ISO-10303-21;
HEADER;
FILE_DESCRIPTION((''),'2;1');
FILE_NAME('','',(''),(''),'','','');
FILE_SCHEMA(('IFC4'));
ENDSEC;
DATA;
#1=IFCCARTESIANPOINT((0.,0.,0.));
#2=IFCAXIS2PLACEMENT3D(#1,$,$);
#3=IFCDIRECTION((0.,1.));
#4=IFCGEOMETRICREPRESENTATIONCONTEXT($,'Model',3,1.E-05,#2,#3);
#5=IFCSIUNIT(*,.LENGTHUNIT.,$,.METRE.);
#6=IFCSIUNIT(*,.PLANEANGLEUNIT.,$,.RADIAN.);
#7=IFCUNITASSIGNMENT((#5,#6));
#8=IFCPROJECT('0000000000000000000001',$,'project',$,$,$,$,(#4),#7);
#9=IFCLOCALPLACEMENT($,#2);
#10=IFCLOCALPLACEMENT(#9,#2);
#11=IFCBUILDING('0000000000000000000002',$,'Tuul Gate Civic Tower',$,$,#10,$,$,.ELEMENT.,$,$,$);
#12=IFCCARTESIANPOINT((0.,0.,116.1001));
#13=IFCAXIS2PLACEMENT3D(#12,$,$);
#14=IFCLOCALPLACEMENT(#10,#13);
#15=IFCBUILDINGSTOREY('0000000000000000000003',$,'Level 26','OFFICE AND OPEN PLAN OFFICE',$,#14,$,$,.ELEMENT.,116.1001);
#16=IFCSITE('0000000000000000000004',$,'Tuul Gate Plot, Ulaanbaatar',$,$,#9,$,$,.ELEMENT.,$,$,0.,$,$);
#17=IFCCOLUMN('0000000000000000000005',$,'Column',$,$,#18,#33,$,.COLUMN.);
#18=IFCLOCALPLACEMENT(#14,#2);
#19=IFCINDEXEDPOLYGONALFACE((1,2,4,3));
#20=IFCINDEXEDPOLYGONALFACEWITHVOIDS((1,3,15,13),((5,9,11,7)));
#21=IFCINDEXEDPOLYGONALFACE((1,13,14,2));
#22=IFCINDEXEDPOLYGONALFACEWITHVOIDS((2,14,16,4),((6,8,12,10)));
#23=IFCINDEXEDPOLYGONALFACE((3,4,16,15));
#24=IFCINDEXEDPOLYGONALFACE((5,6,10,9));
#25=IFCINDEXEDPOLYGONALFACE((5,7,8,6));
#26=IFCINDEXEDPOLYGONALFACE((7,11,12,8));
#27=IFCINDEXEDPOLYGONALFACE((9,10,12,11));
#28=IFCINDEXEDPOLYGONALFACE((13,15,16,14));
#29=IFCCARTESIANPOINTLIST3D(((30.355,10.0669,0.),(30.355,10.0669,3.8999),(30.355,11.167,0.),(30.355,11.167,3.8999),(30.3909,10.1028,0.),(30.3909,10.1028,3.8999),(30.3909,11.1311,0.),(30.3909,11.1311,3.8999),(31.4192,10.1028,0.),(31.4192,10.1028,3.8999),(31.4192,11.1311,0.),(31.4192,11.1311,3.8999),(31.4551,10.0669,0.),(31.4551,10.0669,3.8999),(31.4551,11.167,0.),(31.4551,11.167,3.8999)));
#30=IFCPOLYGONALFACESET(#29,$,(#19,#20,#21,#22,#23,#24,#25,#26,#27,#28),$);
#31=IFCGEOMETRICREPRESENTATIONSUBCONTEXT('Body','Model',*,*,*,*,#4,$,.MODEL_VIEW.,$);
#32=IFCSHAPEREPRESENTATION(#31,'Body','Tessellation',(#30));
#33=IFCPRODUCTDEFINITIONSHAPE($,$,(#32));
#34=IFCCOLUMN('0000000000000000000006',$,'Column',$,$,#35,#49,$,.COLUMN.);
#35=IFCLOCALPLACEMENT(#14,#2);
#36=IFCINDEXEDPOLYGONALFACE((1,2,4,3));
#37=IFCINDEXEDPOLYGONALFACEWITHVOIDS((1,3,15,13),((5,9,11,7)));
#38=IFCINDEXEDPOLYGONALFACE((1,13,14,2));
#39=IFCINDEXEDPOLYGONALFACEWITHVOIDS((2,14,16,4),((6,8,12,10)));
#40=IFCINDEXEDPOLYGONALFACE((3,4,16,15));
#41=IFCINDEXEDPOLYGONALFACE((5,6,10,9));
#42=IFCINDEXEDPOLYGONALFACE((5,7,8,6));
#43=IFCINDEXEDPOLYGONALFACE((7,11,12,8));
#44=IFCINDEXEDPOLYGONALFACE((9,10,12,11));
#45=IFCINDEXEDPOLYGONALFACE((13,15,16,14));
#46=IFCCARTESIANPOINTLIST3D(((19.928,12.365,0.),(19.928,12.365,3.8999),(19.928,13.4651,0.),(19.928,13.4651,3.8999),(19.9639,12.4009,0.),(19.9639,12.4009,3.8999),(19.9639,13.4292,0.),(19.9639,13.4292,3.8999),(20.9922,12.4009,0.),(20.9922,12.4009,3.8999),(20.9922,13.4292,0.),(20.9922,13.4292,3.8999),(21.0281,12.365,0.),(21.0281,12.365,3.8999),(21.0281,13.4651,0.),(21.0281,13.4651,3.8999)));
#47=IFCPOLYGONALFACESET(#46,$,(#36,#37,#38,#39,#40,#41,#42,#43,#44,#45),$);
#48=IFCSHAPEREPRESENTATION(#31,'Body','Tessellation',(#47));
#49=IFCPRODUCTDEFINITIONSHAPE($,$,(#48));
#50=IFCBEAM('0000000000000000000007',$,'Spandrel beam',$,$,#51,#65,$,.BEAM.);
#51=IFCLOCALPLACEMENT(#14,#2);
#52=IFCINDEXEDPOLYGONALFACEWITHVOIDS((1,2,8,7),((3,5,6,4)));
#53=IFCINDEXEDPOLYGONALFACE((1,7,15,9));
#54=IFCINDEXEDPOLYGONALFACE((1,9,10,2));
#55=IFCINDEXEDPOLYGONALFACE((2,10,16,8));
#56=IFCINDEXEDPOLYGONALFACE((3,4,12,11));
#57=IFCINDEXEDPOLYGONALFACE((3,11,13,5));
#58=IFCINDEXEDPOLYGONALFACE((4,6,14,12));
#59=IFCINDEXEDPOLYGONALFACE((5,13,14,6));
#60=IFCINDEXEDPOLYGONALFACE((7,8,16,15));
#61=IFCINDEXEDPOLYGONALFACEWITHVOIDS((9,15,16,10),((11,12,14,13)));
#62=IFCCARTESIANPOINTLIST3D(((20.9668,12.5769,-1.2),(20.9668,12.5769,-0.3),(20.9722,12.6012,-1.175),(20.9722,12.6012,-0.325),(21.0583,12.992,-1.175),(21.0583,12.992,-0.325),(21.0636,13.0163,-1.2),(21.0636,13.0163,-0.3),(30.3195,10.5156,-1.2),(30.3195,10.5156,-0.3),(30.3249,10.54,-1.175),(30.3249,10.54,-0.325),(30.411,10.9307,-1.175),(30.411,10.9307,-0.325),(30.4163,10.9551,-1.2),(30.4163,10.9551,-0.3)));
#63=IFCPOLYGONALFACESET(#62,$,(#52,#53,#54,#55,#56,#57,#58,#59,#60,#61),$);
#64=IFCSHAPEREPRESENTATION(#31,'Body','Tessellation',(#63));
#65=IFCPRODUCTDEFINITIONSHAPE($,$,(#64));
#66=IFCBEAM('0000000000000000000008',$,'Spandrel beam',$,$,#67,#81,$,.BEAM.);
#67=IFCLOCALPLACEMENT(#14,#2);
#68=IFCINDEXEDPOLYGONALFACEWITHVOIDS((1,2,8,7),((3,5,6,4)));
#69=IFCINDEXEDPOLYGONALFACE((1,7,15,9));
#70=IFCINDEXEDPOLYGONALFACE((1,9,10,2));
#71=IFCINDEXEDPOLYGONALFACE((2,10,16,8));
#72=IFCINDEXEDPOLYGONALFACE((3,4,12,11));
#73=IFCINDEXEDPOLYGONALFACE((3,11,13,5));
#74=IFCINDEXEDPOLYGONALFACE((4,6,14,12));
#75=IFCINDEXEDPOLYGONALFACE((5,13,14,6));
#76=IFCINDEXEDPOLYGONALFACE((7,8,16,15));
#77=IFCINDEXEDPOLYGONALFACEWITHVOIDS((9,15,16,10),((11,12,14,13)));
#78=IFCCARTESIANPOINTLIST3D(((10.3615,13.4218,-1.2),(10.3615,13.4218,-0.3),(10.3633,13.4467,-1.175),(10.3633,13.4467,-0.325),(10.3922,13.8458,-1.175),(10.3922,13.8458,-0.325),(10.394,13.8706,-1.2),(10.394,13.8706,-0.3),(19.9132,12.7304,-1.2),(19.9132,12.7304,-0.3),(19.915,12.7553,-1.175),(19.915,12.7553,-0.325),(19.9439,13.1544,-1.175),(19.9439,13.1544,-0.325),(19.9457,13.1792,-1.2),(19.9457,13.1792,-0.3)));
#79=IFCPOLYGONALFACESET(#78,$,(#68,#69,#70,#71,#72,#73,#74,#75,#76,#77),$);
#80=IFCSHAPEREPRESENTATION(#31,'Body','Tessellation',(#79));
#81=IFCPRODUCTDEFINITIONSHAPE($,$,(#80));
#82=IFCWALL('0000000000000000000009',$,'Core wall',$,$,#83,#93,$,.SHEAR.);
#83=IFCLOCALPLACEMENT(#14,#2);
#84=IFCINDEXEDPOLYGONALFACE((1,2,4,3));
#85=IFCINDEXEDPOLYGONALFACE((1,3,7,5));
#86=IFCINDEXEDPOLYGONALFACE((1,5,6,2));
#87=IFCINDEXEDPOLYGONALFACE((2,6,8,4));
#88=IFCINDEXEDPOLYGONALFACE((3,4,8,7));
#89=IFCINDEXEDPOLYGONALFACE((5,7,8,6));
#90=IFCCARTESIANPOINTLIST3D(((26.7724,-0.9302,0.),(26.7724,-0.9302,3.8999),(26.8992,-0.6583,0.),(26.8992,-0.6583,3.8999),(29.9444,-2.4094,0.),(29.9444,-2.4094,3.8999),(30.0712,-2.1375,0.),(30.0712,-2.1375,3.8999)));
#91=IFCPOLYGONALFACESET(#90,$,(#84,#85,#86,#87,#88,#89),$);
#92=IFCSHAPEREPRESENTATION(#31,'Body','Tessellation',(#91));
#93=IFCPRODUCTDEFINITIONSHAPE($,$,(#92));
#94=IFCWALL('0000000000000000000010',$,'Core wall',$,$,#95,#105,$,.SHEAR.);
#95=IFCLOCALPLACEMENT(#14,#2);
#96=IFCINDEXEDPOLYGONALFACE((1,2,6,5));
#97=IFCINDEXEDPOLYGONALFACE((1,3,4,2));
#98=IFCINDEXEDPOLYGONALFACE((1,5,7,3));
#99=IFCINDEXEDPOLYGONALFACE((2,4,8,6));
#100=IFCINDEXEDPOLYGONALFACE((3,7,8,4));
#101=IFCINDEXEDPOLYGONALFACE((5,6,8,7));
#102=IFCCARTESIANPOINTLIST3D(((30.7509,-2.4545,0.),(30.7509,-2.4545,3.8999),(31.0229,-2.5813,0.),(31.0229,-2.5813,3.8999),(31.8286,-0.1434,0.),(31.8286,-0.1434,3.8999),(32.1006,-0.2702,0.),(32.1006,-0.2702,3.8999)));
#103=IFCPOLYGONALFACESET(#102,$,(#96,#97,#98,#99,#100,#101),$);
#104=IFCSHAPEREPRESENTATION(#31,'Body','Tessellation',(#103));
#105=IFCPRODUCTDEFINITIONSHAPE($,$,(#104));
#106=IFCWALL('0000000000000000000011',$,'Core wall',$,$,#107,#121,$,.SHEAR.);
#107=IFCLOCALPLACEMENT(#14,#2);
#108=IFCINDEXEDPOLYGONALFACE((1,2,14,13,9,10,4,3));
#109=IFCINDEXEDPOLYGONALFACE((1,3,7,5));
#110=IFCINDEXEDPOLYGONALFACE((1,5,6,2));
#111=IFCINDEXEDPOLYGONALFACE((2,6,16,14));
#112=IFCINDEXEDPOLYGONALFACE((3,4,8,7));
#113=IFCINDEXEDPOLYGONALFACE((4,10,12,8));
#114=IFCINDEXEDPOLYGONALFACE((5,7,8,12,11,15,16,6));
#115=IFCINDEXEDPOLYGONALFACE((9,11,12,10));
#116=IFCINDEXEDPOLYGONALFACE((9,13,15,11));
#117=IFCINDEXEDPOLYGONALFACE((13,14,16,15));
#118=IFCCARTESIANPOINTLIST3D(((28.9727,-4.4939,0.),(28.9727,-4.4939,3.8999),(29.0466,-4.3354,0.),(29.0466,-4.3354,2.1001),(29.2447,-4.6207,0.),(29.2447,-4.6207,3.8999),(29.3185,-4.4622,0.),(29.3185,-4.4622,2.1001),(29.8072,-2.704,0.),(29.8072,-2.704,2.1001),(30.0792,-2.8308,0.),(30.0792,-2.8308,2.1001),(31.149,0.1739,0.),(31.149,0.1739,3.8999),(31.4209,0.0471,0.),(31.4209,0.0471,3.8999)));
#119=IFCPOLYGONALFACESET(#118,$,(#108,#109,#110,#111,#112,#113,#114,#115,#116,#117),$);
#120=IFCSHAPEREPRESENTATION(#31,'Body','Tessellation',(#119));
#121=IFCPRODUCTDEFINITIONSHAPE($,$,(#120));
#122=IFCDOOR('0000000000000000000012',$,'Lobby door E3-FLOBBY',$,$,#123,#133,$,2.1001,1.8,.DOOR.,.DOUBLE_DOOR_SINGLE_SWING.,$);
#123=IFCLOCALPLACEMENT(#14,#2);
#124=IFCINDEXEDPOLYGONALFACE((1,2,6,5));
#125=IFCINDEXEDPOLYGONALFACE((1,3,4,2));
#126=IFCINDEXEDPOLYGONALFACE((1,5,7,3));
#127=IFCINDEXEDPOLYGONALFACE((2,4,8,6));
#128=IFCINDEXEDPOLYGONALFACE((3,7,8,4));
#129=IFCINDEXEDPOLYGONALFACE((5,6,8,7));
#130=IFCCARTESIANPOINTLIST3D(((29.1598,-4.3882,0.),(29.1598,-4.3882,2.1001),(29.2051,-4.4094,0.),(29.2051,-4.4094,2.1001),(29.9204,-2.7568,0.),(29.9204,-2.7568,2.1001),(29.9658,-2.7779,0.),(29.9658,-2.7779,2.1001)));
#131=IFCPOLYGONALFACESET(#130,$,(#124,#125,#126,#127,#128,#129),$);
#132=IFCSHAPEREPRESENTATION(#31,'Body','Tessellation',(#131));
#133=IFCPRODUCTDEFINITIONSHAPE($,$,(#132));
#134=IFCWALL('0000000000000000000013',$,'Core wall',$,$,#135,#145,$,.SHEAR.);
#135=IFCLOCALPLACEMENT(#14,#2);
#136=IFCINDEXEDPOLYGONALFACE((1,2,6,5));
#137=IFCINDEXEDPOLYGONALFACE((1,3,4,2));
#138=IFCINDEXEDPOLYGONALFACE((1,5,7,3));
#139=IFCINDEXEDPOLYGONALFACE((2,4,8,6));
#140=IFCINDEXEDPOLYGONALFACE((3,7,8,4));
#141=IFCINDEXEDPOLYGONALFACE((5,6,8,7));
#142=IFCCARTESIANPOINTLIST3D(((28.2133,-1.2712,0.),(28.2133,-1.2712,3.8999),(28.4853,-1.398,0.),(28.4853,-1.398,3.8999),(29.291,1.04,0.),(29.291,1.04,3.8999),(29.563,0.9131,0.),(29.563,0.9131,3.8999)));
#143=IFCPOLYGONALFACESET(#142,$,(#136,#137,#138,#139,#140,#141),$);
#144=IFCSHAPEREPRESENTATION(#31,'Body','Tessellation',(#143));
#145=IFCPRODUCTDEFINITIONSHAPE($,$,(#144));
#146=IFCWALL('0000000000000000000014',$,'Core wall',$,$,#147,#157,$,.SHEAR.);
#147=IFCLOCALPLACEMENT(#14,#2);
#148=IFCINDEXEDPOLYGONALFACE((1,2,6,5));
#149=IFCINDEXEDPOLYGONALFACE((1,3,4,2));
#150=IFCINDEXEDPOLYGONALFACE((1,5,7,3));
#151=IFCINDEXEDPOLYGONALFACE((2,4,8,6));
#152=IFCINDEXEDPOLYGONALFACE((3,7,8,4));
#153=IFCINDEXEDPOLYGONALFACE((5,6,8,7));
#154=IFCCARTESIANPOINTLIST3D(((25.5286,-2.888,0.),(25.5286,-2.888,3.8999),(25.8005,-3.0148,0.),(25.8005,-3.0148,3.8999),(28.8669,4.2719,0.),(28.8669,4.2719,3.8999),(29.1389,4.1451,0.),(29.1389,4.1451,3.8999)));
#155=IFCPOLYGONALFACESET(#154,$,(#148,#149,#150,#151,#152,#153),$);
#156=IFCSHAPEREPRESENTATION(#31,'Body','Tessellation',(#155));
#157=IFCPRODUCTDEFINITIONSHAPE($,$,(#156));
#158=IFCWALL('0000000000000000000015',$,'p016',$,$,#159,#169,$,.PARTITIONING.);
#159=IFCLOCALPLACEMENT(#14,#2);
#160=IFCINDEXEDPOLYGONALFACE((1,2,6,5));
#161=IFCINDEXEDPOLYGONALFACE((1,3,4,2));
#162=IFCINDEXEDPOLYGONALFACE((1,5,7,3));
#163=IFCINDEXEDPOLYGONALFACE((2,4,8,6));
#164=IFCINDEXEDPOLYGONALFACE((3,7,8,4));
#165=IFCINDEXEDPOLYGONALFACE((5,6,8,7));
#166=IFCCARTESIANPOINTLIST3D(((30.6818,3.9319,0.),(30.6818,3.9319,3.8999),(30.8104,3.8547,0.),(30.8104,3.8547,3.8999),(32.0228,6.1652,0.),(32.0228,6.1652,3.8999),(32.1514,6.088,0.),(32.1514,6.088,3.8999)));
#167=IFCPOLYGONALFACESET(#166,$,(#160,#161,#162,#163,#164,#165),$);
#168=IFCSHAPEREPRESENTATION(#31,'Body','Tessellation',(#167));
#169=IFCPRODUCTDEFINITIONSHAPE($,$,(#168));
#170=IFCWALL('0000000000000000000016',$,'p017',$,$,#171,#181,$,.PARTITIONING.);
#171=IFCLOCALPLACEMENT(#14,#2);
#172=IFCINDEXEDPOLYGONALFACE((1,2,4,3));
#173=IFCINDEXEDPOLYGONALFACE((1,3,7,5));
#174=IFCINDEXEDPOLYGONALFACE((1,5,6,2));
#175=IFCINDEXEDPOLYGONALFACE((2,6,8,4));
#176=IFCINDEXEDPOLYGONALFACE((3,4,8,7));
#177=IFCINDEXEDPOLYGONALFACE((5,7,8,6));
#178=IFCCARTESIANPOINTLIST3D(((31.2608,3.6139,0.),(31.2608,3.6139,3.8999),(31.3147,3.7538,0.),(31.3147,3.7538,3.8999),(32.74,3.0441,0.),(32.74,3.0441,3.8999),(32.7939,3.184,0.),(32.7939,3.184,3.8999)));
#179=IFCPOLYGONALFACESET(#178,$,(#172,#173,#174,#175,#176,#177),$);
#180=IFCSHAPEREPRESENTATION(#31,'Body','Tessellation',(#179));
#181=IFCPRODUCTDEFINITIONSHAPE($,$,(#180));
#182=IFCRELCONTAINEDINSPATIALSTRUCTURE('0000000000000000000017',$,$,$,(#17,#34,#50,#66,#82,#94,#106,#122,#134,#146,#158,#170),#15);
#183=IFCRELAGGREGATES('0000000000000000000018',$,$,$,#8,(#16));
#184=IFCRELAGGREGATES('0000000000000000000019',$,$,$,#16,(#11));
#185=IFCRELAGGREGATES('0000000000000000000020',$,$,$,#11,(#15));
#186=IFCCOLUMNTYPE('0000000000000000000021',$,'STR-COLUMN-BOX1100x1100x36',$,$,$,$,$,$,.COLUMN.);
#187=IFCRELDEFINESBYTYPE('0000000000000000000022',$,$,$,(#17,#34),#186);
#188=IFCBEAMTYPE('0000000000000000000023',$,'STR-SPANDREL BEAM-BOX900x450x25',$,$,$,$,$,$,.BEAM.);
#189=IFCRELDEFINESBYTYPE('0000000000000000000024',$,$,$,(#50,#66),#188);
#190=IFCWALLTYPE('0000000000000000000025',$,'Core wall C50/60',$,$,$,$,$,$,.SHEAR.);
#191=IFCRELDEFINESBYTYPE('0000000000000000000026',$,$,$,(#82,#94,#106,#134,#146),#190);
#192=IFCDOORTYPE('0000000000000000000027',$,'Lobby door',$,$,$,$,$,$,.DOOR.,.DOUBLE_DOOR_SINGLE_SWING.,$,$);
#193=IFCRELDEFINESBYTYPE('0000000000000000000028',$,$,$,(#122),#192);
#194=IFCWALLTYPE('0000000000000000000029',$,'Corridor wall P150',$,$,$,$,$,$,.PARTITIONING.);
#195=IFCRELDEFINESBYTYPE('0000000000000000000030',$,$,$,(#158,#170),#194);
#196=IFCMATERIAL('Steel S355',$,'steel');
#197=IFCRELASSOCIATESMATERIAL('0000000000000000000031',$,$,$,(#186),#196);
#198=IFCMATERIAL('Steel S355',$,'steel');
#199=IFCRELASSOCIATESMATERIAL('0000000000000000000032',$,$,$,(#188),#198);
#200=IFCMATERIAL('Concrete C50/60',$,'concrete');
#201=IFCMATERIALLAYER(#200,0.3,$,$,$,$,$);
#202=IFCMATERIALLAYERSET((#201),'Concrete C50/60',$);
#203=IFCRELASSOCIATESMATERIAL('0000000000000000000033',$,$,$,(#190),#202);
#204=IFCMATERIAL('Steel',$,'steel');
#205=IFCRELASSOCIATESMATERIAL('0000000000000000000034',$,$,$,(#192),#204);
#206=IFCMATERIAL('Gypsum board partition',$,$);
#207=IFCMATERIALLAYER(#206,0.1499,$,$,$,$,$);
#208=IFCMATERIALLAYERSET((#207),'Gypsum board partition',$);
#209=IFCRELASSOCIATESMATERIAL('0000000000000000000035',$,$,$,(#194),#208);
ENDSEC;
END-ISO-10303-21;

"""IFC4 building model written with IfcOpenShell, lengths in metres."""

from ifc_helpers import new_model, si_unit, direction, frame, frame_2d, origin, origin_2d, place, context, subcontext, project, spatial, rectangle, hollow_rectangle, extrude, material, layer, layer_set, material_profile, profile_set, type_object, element, fill, save


model = new_model("IFC4")

# Units and contexts
model_context = context("Model", 3, precision=1e-05, world=origin(), true_north=direction((0.0, 1.0)))
body_context = subcontext(model_context, "Body", "Model", "MODEL_VIEW")
ifc_project = project(units=[si_unit("LENGTHUNIT", "METRE"), si_unit("PLANEANGLEUNIT", "RADIAN")], contexts=[model_context])

# Site, building, storey
site_placement = place(None, origin())
site = spatial("IfcSite", under=ifc_project, at=site_placement, Name="Tuul Gate Plot, Ulaanbaatar", CompositionType="ELEMENT", RefElevation=0.0)
building_placement = place(site_placement, origin())
building = spatial("IfcBuilding", under=site, at=building_placement, Name="Tuul Gate Civic Tower", CompositionType="ELEMENT")
storey_placement = place(building_placement, frame((0.0, 0.0, 116.1001)))
storey = spatial("IfcBuildingStorey", under=building, at=storey_placement, Name="Level 26", Description="OFFICE AND OPEN PLAN OFFICE", CompositionType="ELEMENT", Elevation=116.1001)

# Columns
ifc_material_1 = material(Name="Steel S355", Category="steel")
ifc_material_profile_1 = material_profile(ifc_material_1, hollow_rectangle(XDim=1.1001, YDim=1.1001, WallThickness=0.0359, at=origin_2d()), Name="BOX1100x1100x36")
ifc_profile_set_1 = profile_set([ifc_material_profile_1], Name="Steel S355")
column_type = type_object("IfcColumnType", Name="STR-COLUMN-BOX1100x1100x36", PredefinedType="COLUMN", material=ifc_profile_set_1)
for number, where, z_axis, x_axis, name in (
    (1, (30.905, 10.6169, 0.0), (0.0, 0.0, 1.0), (1.0, 0.0, 0.0), "Column"),
    (2, (20.478, 12.915, 0.0), (0.0, 0.0, 1.0), (1.0, 0.0, 0.0), "Column"),
):
    element("IfcColumn", number, at=place(storey_placement, frame(where, z_axis=z_axis, x_axis=x_axis)), inside=storey, type_object=column_type, Name=name, PredefinedType="COLUMN", context=body_context, shape_type="SweptSolid", body=[
        extrude(hollow_rectangle(XDim=1.1001, YDim=1.1001, WallThickness=0.0359, at=origin_2d()), origin(), (0.0, 0.0, 1.0), 3.8999),
    ])

# Beams
ifc_material_2 = material(Name="Steel S355", Category="steel")
ifc_material_profile_2 = material_profile(ifc_material_2, hollow_rectangle(XDim=0.45, YDim=0.8999, WallThickness=0.0249, at=origin_2d()), Name="BOX900x450x25")
ifc_profile_set_2 = profile_set([ifc_material_profile_2], Name="Steel S355")
beam_type = type_object("IfcBeamType", Name="STR-SPANDREL BEAM-BOX900x450x25", PredefinedType="BEAM", material=ifc_profile_set_2)
beam_1_placement = place(storey_placement, frame((30.3679, 10.7354, -0.75), z_axis=(-0.976564, 0.215227, 0.0), x_axis=(-0.215227, -0.976564, 0.0)))
element("IfcBeam", 3, at=beam_1_placement, inside=storey, type_object=beam_type, Name="Spandrel beam", PredefinedType="BEAM", context=body_context, shape_type="SweptSolid", body=[
    extrude(hollow_rectangle(XDim=0.45, YDim=0.8999, WallThickness=0.0249, at=origin_2d()), origin(), (0.0, 0.0, 1.0), 9.5771),
])
beam_2_placement = place(storey_placement, frame((19.9294, 12.9548, -0.75), z_axis=(-0.99739, 0.072196, 0.0), x_axis=(-0.072196, -0.99739, 0.0)))
element("IfcBeam", 4, at=beam_2_placement, inside=storey, type_object=beam_type, Name="Spandrel beam", PredefinedType="BEAM", context=body_context, shape_type="SweptSolid", body=[
    extrude(hollow_rectangle(XDim=0.45, YDim=0.8999, WallThickness=0.0249, at=origin_2d()), origin(), (0.0, 0.0, 1.0), 9.5767),
])

# Walls
ifc_material_3 = material(Name="Concrete C50/60", Category="concrete")
ifc_layer_1 = layer(ifc_material_3, 0.3)
ifc_layer_set_1 = layer_set([ifc_layer_1], Name="Concrete C50/60")
wall_type_1 = type_object("IfcWallType", Name="Core wall C50/60", PredefinedType="SHEAR", material=ifc_layer_set_1)
wall_1_placement = place(storey_placement, frame((30.0078, -2.2734, 0.0), z_axis=(0.0, 0.0, 1.0), x_axis=(-0.906301, 0.422633, 0.0)))
element("IfcWall", 5, at=wall_1_placement, inside=storey, type_object=wall_type_1, Name="Core wall", PredefinedType="SHEAR", context=body_context, shape_type="SweptSolid", body=[
    extrude(rectangle(XDim=3.5, YDim=0.3, at=frame_2d((1.75, 0.0))), origin(), (0.0, 0.0, 1.0), 3.8999),
])
wall_2_placement = place(storey_placement, frame((30.887, -2.5178, 0.0), z_axis=(0.0, 0.0, 1.0), x_axis=(0.422613, 0.90631, 0.0)))
element("IfcWall", 6, at=wall_2_placement, inside=storey, type_object=wall_type_1, Name="Core wall", PredefinedType="SHEAR", context=body_context, shape_type="SweptSolid", body=[
    extrude(rectangle(XDim=2.55, YDim=0.3, at=frame_2d((1.2749, 0.0))), origin(), (0.0, 0.0, 1.0), 3.8999),
])

# Wall, opening, door
wall_3_placement = place(storey_placement, frame((29.1086, -4.5574, 0.0), z_axis=(0.0, 0.0, 1.0), x_axis=(0.422566, 0.906332, 0.0)))
wall_3 = element("IfcWall", 7, at=wall_3_placement, inside=storey, type_object=wall_type_1, Name="Core wall", PredefinedType="SHEAR", context=body_context, shape_type="SweptSolid", body=[
    extrude(rectangle(XDim=5.1501, YDim=0.3, at=frame_2d((2.5752, 0.0))), origin(), (0.0, 0.0, 1.0), 3.8999),
])
opening_1_placement = place(wall_3_placement, frame((0.175, 0.0, 0.0)))
opening_1 = element("IfcOpeningElement", 8, at=opening_1_placement, cuts=wall_3, PredefinedType="OPENING", context=body_context, shape_type="SweptSolid", body=[
    extrude(rectangle(XDim=1.8, YDim=2.1001, at=frame_2d((0.8999, 1.05))), frame((0.0, 0.1602, 0.0), z_axis=(0.0, -1.0, 0.0), x_axis=(1.0, 0.0, 0.0)), (0.0, 0.0, 1.0), 0.3201),
])
ifc_material_4 = material(Name="Steel", Category="steel")
door_type_1 = type_object("IfcDoorType", Name="Lobby door", OperationType="DOUBLE_DOOR_SINGLE_SWING", PredefinedType="DOOR", material=ifc_material_4)
door_1_placement = place(opening_1_placement, frame((1.8, 0.0, 0.0), z_axis=(0.0, 0.0, 1.0), x_axis=(-1.0, 0.0, 0.0)))
door_1 = element("IfcDoor", 9, at=door_1_placement, inside=storey, type_object=door_type_1, Name="Lobby door E3-FLOBBY", OperationType="DOUBLE_DOOR_SINGLE_SWING", OverallHeight=2.1001, OverallWidth=1.8, PredefinedType="DOOR", context=body_context, shape_type="SweptSolid", body=[
    extrude(rectangle(XDim=1.8, YDim=2.1001, at=frame_2d((0.9001, 1.05))), frame((0.0, 0.0249, 0.0), z_axis=(0.0, -1.0, 0.0), x_axis=(1.0, 0.0, 0.0)), (0.0, 0.0, 1.0), 0.05),
])
fill(opening_1, door_1)

# Walls
wall_4_placement = place(storey_placement, frame((28.3494, -1.3345, 0.0), z_axis=(0.0, 0.0, 1.0), x_axis=(0.422613, 0.90631, 0.0)))
element("IfcWall", 10, at=wall_4_placement, inside=storey, type_object=wall_type_1, Name="Core wall", PredefinedType="SHEAR", context=body_context, shape_type="SweptSolid", body=[
    extrude(rectangle(XDim=2.55, YDim=0.3, at=frame_2d((1.2749, 0.0))), origin(), (0.0, 0.0, 1.0), 3.8999),
])
wall_5_placement = place(storey_placement, frame((25.6646, -2.9514, 0.0), z_axis=(0.0, 0.0, 1.0), x_axis=(0.422583, 0.906324, 0.0)))
element("IfcWall", 11, at=wall_5_placement, inside=storey, type_object=wall_type_1, Name="Core wall", PredefinedType="SHEAR", context=body_context, shape_type="SweptSolid", body=[
    extrude(rectangle(XDim=7.8999, YDim=0.3, at=frame_2d((3.95, 0.0))), origin(), (0.0, 0.0, 1.0), 3.8999),
])
ifc_material_5 = material(Name="Gypsum board partition")
ifc_layer_2 = layer(ifc_material_5, 0.1499)
ifc_layer_set_2 = layer_set([ifc_layer_2], Name="Gypsum board partition")
wall_type_2 = type_object("IfcWallType", Name="Corridor wall P150", PredefinedType="PARTITIONING", material=ifc_layer_set_2)
wall_6_placement = place(storey_placement, frame((30.7461, 3.8933, 0.0), z_axis=(0.0, 0.0, 1.0), x_axis=(0.514785, 0.857319, 0.0)))
element("IfcWall", 12, at=wall_6_placement, inside=storey, type_object=wall_type_2, Name="p016", PredefinedType="PARTITIONING", context=body_context, shape_type="SweptSolid", body=[
    extrude(rectangle(XDim=2.605, YDim=0.1499, at=frame_2d((1.3025, 0.0))), origin(), (0.0, 0.0, 1.0), 3.8999),
])
wall_7_placement = place(storey_placement, frame((31.2878, 3.6838, 0.0), z_axis=(0.0, 0.0, 1.0), x_axis=(0.933159, -0.359464, 0.0)))
element("IfcWall", 13, at=wall_7_placement, inside=storey, type_object=wall_type_2, Name="p017", PredefinedType="PARTITIONING", context=body_context, shape_type="SweptSolid", body=[
    extrude(rectangle(XDim=1.5852, YDim=0.1499, at=frame_2d((0.7925, 0.0))), origin(), (0.0, 0.0, 1.0), 3.8999),
])

save(model, "model.ifc")
